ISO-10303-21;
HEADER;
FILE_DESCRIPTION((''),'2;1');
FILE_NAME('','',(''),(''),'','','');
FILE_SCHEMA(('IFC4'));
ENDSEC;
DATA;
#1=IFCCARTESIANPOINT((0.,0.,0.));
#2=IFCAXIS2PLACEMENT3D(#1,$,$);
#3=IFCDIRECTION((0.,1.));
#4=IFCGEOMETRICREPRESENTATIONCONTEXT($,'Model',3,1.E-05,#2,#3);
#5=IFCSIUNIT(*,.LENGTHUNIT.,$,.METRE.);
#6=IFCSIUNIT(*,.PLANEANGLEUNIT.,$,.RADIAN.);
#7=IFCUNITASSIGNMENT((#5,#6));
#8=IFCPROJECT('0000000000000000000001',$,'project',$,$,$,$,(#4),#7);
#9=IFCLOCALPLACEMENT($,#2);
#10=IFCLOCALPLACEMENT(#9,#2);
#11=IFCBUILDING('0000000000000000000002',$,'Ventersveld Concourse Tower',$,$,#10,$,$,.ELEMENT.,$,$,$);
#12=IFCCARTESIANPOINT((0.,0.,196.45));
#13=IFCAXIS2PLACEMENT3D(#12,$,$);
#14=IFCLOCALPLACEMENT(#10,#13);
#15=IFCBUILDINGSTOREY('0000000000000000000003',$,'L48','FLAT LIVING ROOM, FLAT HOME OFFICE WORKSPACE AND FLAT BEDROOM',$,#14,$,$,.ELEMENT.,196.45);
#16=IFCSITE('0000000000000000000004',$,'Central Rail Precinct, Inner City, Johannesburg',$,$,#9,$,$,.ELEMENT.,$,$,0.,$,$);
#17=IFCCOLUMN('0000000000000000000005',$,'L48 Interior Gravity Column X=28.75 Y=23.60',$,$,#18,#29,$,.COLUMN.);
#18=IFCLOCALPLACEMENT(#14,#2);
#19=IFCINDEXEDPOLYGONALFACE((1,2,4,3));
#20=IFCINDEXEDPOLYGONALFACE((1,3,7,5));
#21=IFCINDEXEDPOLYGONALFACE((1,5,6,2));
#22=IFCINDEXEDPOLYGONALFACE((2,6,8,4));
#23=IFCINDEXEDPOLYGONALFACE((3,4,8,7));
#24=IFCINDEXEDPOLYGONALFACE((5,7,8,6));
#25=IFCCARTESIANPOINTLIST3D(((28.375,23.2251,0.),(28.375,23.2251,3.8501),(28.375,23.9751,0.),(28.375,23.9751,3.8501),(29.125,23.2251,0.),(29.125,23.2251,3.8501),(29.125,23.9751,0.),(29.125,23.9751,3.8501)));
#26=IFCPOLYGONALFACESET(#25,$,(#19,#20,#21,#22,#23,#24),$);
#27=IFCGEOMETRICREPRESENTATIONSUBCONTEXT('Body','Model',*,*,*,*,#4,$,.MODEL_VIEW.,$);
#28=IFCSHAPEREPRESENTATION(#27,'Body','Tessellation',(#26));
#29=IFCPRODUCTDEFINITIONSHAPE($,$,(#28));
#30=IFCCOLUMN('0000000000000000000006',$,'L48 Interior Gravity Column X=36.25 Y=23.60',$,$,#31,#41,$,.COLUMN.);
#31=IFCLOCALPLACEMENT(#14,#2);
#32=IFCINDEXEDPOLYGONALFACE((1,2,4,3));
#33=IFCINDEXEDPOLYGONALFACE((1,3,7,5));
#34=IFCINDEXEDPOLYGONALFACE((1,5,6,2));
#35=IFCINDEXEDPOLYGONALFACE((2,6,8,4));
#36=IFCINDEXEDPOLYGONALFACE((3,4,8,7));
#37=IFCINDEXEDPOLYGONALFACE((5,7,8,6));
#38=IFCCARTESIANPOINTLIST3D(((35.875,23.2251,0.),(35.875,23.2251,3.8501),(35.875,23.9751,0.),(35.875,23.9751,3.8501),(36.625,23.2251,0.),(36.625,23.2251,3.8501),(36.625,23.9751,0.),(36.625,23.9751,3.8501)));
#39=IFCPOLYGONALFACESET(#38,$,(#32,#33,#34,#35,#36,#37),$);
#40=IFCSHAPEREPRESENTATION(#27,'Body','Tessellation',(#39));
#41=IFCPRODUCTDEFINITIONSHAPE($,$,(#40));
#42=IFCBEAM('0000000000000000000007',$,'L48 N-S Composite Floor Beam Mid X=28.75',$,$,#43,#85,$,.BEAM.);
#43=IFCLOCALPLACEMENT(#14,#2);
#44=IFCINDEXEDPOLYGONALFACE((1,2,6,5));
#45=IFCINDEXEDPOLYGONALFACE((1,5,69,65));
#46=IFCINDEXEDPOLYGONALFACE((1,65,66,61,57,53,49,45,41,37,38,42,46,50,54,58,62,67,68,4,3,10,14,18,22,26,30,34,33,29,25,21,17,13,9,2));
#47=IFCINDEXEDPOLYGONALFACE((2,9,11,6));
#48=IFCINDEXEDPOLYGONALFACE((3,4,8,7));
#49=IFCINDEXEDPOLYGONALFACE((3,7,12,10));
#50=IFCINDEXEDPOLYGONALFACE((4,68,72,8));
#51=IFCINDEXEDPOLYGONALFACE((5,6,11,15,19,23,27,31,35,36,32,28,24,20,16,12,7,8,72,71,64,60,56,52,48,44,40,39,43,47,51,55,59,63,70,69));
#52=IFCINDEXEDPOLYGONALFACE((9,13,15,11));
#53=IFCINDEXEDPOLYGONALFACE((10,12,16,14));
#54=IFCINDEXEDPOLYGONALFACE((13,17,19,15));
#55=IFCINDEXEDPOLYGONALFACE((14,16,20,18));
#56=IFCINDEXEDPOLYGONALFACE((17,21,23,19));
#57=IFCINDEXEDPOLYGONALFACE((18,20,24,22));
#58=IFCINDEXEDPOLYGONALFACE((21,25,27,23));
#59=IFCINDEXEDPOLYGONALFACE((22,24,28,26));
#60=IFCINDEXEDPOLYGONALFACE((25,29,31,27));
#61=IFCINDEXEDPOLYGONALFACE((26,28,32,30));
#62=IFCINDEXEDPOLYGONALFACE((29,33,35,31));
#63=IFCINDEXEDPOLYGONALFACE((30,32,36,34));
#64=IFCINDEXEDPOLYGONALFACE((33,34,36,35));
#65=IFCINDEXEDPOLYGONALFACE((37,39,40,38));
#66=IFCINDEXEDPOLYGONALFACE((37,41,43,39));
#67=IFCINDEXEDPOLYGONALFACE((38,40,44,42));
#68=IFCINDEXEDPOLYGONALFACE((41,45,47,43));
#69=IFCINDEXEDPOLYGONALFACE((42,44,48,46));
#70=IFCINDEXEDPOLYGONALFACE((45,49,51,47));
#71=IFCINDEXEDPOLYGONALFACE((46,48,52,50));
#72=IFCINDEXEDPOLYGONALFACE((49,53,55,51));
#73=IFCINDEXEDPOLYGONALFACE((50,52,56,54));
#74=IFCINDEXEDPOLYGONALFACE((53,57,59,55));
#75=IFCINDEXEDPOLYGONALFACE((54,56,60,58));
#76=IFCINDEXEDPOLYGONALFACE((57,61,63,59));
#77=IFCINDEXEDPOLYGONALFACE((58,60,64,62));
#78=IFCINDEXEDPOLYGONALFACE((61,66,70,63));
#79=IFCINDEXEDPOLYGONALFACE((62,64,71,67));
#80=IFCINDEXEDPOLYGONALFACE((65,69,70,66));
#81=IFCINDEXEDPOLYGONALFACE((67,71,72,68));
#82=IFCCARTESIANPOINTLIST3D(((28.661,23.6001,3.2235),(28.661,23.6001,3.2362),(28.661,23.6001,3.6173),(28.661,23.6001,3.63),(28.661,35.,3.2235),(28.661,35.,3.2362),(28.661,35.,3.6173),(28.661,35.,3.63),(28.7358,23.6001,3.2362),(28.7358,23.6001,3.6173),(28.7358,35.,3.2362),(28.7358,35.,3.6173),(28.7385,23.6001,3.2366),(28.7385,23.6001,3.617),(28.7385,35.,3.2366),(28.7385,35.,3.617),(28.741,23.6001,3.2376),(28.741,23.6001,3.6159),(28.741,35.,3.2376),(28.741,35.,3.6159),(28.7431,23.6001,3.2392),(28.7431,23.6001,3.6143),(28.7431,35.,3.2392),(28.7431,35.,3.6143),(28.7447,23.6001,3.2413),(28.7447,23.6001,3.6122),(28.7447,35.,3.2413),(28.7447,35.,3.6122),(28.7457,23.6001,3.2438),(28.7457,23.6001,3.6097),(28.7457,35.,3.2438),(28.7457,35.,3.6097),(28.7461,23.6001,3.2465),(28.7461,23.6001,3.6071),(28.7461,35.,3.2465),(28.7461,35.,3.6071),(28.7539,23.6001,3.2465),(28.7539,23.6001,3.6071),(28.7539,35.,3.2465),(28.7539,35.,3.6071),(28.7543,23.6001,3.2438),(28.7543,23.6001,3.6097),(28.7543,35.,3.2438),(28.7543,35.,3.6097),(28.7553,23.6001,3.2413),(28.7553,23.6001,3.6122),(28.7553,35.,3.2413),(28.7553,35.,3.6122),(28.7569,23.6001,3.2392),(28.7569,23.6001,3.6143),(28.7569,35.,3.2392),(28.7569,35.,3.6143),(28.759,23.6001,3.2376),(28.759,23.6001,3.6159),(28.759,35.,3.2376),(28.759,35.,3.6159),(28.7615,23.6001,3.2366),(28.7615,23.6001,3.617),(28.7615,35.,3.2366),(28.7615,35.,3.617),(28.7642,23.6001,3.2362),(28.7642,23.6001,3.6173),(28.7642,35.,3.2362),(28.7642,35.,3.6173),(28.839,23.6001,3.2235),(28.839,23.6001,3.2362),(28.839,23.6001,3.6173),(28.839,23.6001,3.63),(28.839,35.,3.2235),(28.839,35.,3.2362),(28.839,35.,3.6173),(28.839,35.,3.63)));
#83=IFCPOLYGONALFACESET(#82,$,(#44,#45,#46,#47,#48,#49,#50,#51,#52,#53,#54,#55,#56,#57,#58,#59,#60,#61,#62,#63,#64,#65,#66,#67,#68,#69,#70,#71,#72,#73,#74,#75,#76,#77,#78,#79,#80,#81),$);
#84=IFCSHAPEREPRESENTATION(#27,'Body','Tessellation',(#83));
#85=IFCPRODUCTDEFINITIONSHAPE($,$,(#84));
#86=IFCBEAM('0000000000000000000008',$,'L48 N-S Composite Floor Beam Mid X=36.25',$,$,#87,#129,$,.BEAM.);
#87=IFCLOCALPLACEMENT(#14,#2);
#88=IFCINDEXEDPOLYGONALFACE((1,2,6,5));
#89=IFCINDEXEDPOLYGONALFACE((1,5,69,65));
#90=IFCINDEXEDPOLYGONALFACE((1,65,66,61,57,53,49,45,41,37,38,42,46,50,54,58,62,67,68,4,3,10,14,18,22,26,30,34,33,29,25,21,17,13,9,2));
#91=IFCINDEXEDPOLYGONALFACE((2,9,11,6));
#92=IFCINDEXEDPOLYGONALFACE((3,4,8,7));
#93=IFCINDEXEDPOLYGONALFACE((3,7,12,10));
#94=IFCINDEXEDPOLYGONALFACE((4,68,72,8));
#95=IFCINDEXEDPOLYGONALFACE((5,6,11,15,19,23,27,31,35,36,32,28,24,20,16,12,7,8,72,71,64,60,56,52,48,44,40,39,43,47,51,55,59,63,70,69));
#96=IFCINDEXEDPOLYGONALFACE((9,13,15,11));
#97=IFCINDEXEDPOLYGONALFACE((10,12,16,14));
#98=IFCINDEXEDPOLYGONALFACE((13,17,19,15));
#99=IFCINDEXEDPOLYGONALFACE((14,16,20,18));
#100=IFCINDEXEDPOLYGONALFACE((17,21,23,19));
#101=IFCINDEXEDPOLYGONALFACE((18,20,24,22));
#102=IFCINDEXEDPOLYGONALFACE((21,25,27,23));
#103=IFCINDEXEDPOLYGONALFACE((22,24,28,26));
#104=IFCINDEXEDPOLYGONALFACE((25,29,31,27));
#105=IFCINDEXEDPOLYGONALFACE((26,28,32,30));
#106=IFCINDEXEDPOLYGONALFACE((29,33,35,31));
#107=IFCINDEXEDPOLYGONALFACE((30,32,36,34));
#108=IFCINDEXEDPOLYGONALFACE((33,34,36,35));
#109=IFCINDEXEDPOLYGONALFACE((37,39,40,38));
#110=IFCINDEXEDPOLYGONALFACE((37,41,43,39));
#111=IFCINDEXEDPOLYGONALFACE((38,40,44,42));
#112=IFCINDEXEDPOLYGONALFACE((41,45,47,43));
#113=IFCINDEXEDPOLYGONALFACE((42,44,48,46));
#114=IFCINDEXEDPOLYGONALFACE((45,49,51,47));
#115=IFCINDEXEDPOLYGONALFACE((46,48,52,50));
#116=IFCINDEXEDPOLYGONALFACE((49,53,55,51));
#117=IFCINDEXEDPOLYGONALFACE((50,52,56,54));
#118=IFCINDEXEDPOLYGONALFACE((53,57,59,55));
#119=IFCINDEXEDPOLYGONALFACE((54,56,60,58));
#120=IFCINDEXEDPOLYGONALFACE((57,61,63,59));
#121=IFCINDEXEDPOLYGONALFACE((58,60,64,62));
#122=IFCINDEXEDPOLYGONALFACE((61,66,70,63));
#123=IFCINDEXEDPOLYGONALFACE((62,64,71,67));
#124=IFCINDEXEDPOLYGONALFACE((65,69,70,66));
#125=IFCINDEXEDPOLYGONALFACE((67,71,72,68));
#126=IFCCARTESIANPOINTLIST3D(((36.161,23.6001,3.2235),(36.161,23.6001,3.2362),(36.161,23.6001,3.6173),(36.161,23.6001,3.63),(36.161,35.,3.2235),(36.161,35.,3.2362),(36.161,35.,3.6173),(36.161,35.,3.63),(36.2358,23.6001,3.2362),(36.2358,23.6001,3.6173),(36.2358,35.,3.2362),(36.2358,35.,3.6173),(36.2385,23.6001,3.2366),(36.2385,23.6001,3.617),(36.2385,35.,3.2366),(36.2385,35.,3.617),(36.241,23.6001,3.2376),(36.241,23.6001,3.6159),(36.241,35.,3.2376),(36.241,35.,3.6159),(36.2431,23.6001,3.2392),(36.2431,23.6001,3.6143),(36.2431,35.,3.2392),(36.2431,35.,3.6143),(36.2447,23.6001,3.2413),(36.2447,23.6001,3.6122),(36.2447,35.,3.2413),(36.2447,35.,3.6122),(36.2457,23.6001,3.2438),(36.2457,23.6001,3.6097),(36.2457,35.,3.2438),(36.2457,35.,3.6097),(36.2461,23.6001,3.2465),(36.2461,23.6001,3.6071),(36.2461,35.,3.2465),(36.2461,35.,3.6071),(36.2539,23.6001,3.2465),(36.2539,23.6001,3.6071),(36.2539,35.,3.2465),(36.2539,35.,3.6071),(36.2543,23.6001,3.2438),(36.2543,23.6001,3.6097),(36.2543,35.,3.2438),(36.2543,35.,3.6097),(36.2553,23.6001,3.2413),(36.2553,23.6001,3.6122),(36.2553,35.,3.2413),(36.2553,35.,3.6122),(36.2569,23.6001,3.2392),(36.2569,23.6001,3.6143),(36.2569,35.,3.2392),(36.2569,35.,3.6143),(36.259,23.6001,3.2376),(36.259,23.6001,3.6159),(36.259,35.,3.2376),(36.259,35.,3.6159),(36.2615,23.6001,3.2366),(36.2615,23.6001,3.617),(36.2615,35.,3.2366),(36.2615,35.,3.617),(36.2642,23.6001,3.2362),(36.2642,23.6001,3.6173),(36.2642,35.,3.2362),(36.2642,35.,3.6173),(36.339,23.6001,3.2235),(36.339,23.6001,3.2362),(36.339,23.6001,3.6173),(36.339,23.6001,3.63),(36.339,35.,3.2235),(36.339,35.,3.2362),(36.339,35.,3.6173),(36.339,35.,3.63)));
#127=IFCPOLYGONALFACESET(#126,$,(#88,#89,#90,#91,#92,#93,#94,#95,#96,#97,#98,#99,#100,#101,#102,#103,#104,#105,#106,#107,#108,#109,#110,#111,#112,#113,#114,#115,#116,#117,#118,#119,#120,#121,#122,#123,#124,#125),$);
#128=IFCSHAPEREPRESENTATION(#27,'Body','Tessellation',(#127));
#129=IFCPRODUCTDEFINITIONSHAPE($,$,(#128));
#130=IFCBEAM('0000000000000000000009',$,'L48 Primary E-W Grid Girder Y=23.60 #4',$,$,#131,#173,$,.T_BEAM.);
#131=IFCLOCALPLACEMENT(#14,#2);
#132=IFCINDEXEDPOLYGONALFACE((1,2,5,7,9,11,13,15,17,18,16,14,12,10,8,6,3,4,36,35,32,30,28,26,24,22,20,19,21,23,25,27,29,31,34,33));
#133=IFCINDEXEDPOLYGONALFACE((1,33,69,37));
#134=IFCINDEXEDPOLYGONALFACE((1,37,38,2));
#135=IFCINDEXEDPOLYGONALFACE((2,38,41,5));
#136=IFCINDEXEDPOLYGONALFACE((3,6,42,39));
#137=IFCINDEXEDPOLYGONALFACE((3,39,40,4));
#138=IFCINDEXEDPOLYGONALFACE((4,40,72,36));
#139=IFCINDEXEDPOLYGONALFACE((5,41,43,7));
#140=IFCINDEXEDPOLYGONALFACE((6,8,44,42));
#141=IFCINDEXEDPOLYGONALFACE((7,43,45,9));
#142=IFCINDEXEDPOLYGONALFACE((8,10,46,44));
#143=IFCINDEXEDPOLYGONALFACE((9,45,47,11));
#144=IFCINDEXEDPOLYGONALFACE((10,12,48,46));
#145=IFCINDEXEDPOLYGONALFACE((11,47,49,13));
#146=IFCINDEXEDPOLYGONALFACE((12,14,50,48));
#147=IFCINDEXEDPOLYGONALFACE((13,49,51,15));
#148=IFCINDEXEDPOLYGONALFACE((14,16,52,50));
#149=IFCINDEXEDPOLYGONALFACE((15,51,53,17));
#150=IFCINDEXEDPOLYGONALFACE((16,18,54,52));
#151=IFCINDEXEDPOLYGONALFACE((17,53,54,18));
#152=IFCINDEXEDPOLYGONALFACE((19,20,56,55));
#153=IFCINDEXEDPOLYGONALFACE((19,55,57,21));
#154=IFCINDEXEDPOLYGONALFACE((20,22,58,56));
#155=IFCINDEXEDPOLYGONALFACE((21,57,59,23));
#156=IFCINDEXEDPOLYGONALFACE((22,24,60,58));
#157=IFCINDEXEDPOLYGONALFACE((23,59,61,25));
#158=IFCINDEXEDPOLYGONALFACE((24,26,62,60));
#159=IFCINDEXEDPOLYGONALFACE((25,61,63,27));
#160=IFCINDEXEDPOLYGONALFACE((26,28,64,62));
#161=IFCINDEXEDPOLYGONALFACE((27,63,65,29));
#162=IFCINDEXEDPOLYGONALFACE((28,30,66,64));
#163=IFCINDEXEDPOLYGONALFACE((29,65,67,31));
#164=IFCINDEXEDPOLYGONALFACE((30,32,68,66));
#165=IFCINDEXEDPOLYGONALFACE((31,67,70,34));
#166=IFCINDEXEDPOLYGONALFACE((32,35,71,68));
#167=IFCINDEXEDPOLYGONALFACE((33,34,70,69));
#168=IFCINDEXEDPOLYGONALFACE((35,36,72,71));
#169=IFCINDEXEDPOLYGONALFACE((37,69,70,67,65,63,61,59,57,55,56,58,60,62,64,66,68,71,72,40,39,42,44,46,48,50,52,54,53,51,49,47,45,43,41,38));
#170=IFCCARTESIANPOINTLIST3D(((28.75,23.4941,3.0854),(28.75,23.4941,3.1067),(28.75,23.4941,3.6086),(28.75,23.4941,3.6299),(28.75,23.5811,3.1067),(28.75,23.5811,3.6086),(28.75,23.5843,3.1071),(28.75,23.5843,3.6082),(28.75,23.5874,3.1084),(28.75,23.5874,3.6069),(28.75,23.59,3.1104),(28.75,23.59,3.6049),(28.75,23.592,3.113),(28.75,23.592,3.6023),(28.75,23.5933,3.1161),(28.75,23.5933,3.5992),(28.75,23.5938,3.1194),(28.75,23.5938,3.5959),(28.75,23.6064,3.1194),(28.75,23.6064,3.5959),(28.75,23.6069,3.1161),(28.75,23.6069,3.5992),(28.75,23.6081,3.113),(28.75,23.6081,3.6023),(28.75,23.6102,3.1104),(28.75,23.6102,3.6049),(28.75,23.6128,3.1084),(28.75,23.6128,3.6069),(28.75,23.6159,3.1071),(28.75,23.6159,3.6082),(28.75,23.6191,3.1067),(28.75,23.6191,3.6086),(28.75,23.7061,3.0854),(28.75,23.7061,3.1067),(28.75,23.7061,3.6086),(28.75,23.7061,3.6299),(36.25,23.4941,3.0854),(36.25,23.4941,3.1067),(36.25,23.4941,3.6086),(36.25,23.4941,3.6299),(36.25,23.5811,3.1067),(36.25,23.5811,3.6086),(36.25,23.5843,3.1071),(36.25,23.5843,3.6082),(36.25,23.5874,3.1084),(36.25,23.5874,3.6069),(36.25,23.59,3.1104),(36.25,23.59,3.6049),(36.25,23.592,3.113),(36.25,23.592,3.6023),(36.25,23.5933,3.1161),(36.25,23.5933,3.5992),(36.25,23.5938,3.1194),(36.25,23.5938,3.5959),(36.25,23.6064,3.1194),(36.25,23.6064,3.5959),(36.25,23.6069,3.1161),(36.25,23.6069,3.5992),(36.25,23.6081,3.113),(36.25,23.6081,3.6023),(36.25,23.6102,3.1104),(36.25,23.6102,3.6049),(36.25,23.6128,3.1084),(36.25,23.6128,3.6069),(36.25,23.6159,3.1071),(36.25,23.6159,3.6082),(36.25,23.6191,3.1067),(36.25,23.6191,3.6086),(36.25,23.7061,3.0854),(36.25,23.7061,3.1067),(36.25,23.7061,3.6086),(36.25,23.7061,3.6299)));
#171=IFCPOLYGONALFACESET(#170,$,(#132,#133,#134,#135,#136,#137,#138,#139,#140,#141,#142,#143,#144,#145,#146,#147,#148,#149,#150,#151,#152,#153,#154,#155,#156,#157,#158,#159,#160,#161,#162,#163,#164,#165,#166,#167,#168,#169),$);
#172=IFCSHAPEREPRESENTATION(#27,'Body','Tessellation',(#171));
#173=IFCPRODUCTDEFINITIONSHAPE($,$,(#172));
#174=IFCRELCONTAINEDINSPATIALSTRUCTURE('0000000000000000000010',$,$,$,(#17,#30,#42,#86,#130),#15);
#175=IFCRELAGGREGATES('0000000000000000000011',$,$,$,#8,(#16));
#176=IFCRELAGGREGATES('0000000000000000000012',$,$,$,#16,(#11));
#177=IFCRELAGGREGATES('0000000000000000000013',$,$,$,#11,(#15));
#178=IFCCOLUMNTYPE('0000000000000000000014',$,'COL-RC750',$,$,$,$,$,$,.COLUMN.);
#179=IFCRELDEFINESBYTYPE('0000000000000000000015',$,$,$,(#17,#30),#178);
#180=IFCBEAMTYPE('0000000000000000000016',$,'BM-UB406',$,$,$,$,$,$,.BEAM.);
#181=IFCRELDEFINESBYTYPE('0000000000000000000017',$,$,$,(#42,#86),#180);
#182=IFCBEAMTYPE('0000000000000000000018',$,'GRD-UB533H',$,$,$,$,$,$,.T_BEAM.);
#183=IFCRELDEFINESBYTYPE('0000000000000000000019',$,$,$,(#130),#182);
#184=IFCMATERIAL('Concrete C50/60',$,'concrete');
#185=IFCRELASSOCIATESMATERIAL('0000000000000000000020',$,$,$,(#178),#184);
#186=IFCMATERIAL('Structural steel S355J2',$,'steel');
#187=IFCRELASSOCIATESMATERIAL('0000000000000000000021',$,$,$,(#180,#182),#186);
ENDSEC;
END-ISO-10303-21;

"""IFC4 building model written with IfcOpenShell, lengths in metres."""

from ifc_helpers import new_model, si_unit, direction, frame, origin, origin_2d, place, context, subcontext, project, spatial, rectangle, i_section, extrude, material, material_profile, profile_set, type_object, element, save


model = new_model("IFC4")

# Units and contexts
model_context = context("Model", 3, precision=1e-05, world=origin(), true_north=direction((0.0, 1.0)))
body_context = subcontext(model_context, "Body", "Model", "MODEL_VIEW")
ifc_project = project(units=[si_unit("LENGTHUNIT", "METRE"), si_unit("PLANEANGLEUNIT", "RADIAN")], contexts=[model_context])

# Site, building, storey
site_placement = place(None, origin())
site = spatial("IfcSite", under=ifc_project, at=site_placement, Name="Central Rail Precinct, Inner City, Johannesburg", CompositionType="ELEMENT", RefElevation=0.0)
building_placement = place(site_placement, origin())
building = spatial("IfcBuilding", under=site, at=building_placement, Name="Ventersveld Concourse Tower", CompositionType="ELEMENT")
storey_placement = place(building_placement, frame((0.0, 0.0, 196.45)))
storey = spatial("IfcBuildingStorey", under=building, at=storey_placement, Name="L48", Description="FLAT LIVING ROOM, FLAT HOME OFFICE WORKSPACE AND FLAT BEDROOM", CompositionType="ELEMENT", Elevation=196.45)

# Columns
ifc_material_1 = material(Name="Concrete C50/60", Category="concrete")
ifc_material_profile_1 = material_profile(ifc_material_1, rectangle(XDim=0.75, YDim=0.75, at=origin_2d()), Name="RC 750x750")
ifc_profile_set_1 = profile_set([ifc_material_profile_1], Name="Concrete C50/60")
column_type = type_object("IfcColumnType", Name="COL-RC750", PredefinedType="COLUMN", material=ifc_profile_set_1)
for number, where, z_axis, x_axis, name in (
    (1, (28.75, 23.6001, 0.0), (0.0, 0.0, 1.0), (1.0, 0.0, 0.0), "L48 Interior Gravity Column X=28.75 Y=23.60"),
    (2, (36.25, 23.6001, 0.0), (0.0, 0.0, 1.0), (1.0, 0.0, 0.0), "L48 Interior Gravity Column X=36.25 Y=23.60"),
):
    element("IfcColumn", number, at=place(storey_placement, frame(where, z_axis=z_axis, x_axis=x_axis)), inside=storey, type_object=column_type, Name=name, PredefinedType="COLUMN", context=body_context, shape_type="SweptSolid", body=[
        extrude(rectangle(XDim=0.75, YDim=0.75, at=origin_2d()), origin(), (0.0, 0.0, 1.0), 3.8501),
    ])

# Beams
ifc_material_2 = material(Name="Structural steel S355J2", Category="steel")
ifc_material_profile_2 = material_profile(ifc_material_2, i_section(OverallWidth=0.178, OverallDepth=0.4065, WebThickness=0.0078, FlangeThickness=0.0127, FilletRadius=0.0103, at=origin_2d()), Name="UB 406x178x60")
ifc_profile_set_2 = profile_set([ifc_material_profile_2], Name="Structural steel S355J2")
beam_type_1 = type_object("IfcBeamType", Name="BM-UB406", PredefinedType="BEAM", material=ifc_profile_set_2)
for number, where, z_axis, x_axis, name in (
    (3, (28.75, 23.6001, 3.4268), (0.0, 1.0, 0.0), (-1.0, 0.0, 0.0), "L48 N-S Composite Floor Beam Mid X=28.75"),
    (4, (36.25, 23.6001, 3.4268), (0.0, 1.0, 0.0), (-1.0, 0.0, 0.0), "L48 N-S Composite Floor Beam Mid X=36.25"),
):
    element("IfcBeam", number, at=place(storey_placement, frame(where, z_axis=z_axis, x_axis=x_axis)), inside=storey, type_object=beam_type_1, Name=name, PredefinedType="BEAM", context=body_context, shape_type="SweptSolid", body=[
        extrude(i_section(OverallWidth=0.178, OverallDepth=0.4065, WebThickness=0.0078, FlangeThickness=0.0127, FilletRadius=0.0103, at=origin_2d()), origin(), (0.0, 0.0, 1.0), 11.3999),
    ])
ifc_material_profile_3 = material_profile(ifc_material_2, i_section(OverallWidth=0.2119, OverallDepth=0.5444, WebThickness=0.0127, FlangeThickness=0.0212, FilletRadius=0.0127, at=origin_2d()), Name="UB 533x210x122")
ifc_profile_set_3 = profile_set([ifc_material_profile_3], Name="Structural steel S355J2")
beam_type_2 = type_object("IfcBeamType", Name="GRD-UB533H", PredefinedType="T_BEAM", material=ifc_profile_set_3)
for number, where, z_axis, x_axis, name in (
    (5, (28.75, 23.6001, 3.3577), (1.0, 0.0, 0.0), (0.0, 1.0, 0.0), "L48 Primary E-W Grid Girder Y=23.60 #4"),
):
    element("IfcBeam", number, at=place(storey_placement, frame(where, z_axis=z_axis, x_axis=x_axis)), inside=storey, type_object=beam_type_2, Name=name, PredefinedType="T_BEAM", context=body_context, shape_type="SweptSolid", body=[
        extrude(i_section(OverallWidth=0.2119, OverallDepth=0.5444, WebThickness=0.0127, FlangeThickness=0.0212, FilletRadius=0.0127, at=origin_2d()), origin(), (0.0, 0.0, 1.0), 7.5),
    ])

save(model, "model.ifc")
